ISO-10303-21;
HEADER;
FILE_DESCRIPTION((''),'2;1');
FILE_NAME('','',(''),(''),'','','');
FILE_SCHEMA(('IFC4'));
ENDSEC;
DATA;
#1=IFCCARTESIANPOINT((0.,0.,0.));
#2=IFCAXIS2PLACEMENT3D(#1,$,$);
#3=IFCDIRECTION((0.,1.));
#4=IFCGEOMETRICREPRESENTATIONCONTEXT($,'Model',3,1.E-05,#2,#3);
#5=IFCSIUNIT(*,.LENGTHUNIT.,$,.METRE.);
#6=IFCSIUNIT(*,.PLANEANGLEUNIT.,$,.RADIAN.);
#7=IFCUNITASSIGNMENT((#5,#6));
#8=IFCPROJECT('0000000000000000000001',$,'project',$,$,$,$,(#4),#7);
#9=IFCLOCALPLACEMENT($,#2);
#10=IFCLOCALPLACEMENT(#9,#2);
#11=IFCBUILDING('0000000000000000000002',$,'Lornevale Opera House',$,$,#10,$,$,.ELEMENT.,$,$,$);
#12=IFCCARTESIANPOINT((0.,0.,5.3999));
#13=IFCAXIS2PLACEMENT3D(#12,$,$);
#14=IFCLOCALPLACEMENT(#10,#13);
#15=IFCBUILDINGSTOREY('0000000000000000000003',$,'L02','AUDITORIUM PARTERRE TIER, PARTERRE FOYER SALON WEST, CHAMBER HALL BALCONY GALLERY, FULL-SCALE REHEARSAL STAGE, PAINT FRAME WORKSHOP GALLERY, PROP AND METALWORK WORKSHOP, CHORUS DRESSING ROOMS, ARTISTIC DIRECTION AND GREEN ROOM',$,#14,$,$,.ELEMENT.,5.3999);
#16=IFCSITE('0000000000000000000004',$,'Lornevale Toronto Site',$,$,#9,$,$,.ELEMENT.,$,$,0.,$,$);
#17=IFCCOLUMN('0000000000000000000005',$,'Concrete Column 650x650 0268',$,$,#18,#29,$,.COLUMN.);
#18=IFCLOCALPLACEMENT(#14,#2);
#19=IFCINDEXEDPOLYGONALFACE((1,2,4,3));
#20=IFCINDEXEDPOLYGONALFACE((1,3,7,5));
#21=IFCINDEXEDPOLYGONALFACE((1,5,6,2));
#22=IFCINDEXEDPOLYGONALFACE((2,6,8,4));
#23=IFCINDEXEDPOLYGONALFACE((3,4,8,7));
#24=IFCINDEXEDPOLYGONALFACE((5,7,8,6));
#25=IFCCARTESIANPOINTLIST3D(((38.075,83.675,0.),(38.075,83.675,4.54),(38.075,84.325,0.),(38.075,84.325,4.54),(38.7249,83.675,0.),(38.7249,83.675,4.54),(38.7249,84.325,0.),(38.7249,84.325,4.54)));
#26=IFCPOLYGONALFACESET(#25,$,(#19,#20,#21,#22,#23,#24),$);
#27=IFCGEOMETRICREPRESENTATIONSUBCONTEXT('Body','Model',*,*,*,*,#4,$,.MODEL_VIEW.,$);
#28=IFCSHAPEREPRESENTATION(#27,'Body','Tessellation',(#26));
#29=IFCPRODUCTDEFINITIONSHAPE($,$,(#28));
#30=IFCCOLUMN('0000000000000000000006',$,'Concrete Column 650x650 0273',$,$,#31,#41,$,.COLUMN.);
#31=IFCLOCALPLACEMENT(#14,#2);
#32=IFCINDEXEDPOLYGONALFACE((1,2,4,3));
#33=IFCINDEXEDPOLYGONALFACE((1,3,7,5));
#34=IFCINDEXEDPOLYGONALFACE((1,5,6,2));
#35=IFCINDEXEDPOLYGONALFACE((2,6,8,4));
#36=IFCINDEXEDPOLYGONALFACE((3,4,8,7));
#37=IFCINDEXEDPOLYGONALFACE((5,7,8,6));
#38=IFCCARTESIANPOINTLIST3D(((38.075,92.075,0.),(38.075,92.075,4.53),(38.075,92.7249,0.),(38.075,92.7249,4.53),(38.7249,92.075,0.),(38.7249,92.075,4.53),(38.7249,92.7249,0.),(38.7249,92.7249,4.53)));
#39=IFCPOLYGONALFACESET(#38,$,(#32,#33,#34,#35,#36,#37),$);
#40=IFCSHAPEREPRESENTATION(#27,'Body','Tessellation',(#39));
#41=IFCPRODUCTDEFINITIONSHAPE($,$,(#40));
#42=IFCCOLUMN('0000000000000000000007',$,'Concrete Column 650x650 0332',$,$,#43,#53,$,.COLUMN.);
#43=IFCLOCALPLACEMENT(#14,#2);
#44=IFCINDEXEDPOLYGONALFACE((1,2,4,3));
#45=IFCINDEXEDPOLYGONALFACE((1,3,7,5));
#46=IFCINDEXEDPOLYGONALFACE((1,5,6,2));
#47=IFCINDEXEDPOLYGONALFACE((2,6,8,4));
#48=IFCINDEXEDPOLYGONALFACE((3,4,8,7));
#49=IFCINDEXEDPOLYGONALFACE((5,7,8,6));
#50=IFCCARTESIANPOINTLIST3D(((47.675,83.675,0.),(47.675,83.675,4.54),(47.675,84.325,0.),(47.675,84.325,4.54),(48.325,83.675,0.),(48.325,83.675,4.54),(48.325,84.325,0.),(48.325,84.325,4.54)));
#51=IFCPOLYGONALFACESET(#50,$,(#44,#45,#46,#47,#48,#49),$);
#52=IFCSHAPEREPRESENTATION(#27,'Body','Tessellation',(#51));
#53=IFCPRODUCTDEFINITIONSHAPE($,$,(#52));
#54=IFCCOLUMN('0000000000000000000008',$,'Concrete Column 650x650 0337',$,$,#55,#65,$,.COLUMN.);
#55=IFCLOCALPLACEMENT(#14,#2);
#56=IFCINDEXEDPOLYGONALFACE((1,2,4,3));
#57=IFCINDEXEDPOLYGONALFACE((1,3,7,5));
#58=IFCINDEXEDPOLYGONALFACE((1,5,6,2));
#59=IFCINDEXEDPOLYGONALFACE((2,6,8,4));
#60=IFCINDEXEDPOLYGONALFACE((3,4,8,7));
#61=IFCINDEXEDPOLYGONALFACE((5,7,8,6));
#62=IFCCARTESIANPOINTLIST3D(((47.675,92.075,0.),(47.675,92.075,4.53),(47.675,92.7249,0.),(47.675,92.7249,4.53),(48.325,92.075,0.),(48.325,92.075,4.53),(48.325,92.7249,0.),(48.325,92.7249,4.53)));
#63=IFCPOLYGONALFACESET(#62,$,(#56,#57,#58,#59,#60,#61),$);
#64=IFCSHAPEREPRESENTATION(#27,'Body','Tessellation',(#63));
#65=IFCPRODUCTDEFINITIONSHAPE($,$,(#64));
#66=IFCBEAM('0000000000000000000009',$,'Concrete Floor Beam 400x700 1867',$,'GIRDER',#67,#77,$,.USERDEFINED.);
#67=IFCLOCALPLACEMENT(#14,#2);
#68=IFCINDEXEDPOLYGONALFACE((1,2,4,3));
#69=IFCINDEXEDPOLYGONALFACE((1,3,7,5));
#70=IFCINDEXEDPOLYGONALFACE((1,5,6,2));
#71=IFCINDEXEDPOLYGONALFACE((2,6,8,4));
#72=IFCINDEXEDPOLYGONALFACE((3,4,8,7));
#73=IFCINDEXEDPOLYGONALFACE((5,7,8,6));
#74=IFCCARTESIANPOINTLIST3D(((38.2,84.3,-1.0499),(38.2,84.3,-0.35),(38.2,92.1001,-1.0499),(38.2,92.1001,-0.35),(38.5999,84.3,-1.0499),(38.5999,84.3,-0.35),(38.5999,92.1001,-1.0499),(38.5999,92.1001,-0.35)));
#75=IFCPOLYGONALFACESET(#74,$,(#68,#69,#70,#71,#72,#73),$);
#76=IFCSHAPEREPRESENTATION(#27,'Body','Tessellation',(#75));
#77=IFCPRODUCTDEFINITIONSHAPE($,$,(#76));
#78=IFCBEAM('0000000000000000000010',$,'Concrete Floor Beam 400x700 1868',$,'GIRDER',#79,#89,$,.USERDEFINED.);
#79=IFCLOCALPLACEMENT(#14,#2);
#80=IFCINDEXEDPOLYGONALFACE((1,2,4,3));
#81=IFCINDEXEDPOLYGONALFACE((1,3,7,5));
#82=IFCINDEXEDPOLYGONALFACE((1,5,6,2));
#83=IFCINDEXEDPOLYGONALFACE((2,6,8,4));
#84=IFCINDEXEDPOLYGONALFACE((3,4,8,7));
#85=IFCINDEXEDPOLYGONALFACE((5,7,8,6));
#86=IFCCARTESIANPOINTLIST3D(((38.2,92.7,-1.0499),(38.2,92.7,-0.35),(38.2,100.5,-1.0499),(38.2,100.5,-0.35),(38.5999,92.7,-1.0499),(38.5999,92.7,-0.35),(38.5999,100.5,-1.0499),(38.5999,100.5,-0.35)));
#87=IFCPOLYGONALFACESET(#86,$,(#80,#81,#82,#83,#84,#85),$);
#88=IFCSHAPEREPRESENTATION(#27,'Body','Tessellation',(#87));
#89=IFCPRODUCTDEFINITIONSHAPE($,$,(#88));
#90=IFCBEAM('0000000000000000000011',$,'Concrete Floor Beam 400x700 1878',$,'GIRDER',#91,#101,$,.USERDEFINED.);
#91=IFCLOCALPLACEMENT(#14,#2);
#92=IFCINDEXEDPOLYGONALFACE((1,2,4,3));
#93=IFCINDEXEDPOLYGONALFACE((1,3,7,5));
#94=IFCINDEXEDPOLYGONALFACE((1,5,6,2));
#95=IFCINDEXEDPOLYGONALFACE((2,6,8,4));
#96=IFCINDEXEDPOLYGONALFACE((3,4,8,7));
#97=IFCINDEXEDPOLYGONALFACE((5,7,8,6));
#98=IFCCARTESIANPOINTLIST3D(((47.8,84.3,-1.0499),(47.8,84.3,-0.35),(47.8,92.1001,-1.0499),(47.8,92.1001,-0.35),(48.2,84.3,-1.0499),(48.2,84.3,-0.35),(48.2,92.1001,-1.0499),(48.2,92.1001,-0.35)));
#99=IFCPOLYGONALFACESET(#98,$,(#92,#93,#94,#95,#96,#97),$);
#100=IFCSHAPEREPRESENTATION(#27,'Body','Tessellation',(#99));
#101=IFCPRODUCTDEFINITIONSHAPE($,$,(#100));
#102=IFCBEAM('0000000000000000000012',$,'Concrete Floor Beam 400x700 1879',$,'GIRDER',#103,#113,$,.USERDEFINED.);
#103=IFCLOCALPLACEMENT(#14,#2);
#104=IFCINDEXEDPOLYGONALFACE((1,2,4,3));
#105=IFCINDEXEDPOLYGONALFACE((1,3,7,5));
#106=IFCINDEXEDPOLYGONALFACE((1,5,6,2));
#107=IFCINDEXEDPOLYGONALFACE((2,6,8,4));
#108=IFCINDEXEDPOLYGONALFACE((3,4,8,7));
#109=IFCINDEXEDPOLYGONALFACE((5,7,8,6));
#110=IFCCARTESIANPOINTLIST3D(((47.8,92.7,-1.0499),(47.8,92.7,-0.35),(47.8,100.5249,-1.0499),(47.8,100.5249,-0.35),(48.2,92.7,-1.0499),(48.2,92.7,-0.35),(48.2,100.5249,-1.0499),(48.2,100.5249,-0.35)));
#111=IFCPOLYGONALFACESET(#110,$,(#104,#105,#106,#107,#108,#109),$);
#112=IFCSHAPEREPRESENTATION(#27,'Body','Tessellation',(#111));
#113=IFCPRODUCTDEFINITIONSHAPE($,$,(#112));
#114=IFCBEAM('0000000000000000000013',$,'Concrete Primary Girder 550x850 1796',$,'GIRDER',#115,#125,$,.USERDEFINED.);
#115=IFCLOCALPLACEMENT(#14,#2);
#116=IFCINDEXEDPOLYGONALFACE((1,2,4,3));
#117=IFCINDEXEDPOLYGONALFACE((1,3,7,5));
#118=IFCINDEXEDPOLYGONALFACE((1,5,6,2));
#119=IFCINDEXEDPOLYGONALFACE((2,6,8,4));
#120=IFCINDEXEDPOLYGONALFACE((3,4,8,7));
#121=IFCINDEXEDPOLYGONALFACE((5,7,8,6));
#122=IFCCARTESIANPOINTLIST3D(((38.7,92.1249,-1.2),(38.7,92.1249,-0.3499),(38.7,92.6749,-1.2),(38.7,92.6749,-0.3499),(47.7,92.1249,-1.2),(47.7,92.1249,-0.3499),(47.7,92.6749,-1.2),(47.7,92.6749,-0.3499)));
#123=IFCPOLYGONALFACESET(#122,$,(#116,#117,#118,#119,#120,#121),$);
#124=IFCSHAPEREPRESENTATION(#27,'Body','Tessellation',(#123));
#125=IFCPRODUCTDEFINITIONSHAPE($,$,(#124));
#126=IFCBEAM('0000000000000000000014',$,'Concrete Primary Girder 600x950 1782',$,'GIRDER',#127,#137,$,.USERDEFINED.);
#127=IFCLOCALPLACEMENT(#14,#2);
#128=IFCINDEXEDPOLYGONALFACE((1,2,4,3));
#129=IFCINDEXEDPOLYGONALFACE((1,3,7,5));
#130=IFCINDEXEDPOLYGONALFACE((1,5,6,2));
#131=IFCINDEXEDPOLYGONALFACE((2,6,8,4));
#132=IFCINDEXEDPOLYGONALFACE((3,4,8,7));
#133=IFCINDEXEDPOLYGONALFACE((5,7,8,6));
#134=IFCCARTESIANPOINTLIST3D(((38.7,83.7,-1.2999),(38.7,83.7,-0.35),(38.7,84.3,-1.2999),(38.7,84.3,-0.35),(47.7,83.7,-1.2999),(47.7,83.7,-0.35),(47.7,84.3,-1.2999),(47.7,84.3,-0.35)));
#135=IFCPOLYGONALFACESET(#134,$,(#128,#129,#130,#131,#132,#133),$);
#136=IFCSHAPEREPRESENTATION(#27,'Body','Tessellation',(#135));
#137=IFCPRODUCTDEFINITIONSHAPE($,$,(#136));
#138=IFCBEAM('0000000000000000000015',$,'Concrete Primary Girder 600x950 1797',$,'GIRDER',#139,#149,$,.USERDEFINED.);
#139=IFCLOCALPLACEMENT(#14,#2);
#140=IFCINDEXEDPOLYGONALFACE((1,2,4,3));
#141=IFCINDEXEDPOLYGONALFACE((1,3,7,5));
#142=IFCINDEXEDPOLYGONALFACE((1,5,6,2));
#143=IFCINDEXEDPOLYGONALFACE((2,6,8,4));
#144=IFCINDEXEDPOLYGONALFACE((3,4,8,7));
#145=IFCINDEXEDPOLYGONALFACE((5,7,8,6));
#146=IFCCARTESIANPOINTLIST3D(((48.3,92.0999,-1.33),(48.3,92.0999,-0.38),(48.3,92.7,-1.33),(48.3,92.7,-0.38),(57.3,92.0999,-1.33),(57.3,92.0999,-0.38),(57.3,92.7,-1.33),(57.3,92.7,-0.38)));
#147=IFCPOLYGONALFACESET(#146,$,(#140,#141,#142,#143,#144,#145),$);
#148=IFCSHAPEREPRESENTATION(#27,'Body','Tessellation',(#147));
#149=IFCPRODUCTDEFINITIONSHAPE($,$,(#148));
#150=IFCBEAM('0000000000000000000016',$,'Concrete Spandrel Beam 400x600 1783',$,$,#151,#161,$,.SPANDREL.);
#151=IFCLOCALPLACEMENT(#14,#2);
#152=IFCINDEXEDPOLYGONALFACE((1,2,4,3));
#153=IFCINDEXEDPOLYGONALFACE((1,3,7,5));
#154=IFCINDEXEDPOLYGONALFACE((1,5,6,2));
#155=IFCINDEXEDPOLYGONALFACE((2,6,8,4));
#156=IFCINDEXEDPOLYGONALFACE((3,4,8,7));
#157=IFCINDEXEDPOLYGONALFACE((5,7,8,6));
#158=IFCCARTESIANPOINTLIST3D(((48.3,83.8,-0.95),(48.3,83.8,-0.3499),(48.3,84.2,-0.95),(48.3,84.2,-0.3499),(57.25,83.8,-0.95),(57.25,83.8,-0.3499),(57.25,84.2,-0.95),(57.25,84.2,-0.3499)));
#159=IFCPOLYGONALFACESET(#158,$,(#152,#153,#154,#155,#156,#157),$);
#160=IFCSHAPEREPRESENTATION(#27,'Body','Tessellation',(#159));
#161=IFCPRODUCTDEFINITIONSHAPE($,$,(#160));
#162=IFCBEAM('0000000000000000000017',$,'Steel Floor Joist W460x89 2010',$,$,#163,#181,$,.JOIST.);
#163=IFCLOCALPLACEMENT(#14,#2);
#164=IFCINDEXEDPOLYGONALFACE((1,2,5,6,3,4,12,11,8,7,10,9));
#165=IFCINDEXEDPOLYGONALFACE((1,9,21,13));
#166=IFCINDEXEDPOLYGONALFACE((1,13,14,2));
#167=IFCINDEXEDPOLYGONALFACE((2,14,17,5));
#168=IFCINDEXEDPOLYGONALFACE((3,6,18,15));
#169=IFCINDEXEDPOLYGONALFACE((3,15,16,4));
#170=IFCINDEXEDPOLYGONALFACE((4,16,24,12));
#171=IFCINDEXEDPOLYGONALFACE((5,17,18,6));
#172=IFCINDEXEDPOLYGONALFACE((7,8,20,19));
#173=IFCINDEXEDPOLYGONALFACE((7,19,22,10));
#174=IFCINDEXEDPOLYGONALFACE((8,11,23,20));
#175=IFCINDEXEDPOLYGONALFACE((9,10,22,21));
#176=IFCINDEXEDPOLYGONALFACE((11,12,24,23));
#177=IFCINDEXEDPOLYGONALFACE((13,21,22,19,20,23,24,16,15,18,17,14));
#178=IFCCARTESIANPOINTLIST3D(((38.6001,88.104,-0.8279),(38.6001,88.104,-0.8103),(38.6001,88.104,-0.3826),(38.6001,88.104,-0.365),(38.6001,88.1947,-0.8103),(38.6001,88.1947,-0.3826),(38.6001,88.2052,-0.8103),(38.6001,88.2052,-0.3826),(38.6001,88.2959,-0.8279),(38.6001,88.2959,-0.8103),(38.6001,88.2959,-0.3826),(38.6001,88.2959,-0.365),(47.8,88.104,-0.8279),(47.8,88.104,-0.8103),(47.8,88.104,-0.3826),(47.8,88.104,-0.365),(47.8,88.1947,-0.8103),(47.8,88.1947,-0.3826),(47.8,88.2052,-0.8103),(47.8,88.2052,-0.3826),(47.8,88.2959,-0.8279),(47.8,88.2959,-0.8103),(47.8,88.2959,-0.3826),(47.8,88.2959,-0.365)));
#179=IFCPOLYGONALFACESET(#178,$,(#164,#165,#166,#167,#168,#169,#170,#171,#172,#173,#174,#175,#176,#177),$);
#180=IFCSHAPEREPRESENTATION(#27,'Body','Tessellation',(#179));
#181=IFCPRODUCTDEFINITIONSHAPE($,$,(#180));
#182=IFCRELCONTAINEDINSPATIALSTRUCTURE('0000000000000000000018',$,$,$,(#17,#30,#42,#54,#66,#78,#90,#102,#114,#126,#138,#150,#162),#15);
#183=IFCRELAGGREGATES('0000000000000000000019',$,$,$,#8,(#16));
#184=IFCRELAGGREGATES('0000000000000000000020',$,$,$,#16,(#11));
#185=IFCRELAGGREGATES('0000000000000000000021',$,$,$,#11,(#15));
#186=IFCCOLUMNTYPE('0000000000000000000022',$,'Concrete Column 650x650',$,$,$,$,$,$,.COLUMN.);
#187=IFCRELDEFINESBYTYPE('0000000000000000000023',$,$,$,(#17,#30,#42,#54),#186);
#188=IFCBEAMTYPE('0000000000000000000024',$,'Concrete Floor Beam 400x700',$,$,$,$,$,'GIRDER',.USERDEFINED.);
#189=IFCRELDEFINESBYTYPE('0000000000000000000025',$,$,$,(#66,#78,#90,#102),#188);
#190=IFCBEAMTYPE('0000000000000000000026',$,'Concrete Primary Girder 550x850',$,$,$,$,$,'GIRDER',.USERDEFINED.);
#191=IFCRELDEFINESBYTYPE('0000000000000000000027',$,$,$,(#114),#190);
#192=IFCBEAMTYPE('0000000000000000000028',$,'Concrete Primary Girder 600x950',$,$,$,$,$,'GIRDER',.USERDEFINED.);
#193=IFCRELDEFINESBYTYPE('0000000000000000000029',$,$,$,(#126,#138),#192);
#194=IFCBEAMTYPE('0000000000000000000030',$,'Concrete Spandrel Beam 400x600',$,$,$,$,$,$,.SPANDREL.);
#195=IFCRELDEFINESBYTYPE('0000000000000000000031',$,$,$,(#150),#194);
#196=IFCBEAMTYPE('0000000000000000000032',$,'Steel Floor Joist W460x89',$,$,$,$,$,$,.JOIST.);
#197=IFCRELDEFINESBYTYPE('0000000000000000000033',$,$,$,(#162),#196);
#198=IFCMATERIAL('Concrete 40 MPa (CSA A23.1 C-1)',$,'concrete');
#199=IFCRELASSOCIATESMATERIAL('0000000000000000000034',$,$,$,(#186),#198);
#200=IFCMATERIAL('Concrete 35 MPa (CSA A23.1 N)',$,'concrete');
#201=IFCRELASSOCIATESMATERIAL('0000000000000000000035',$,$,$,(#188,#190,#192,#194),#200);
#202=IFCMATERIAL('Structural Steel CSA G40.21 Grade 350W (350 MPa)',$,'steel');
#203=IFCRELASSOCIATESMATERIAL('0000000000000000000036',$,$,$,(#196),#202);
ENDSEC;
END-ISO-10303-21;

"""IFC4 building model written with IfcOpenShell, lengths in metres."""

from ifc_helpers import new_model, si_unit, direction, frame, origin, origin_2d, place, context, subcontext, project, spatial, rectangle, i_section, extrude, material, material_profile, profile_set, type_object, element, save


model = new_model("IFC4")

# Units and contexts
model_context = context("Model", 3, precision=1e-05, world=origin(), true_north=direction((0.0, 1.0)))
body_context = subcontext(model_context, "Body", "Model", "MODEL_VIEW")
ifc_project = project(units=[si_unit("LENGTHUNIT", "METRE"), si_unit("PLANEANGLEUNIT", "RADIAN")], contexts=[model_context])

# Site, building, storey
site_placement = place(None, origin())
site = spatial("IfcSite", under=ifc_project, at=site_placement, Name="Lornevale Toronto Site", CompositionType="ELEMENT", RefElevation=0.0)
building_placement = place(site_placement, origin())
building = spatial("IfcBuilding", under=site, at=building_placement, Name="Lornevale Opera House", CompositionType="ELEMENT")
storey_placement = place(building_placement, frame((0.0, 0.0, 5.3999)))
storey = spatial("IfcBuildingStorey", under=building, at=storey_placement, Name="L02", Description="AUDITORIUM PARTERRE TIER, PARTERRE FOYER SALON WEST, CHAMBER HALL BALCONY GALLERY, FULL-SCALE REHEARSAL STAGE, PAINT FRAME WORKSHOP GALLERY, PROP AND METALWORK WORKSHOP, CHORUS DRESSING ROOMS, ARTISTIC DIRECTION AND GREEN ROOM", CompositionType="ELEMENT", Elevation=5.3999)

# Columns
ifc_material_1 = material(Name="Concrete 40 MPa (CSA A23.1 C-1)", Category="concrete")
ifc_material_profile_1 = material_profile(ifc_material_1, rectangle(XDim=0.6499, YDim=0.6499, at=origin_2d()), Name="RC650x650")
ifc_profile_set_1 = profile_set([ifc_material_profile_1], Name="Concrete 40 MPa (CSA A23.1 C-1)")
column_type = type_object("IfcColumnType", Name="Concrete Column 650x650", PredefinedType="COLUMN", material=ifc_profile_set_1)
column_1_placement = place(storey_placement, frame((38.3999, 84.0, 0.0), z_axis=(0.0, 0.0, 1.0), x_axis=(1.0, 0.0, 0.0)))
element("IfcColumn", 1, at=column_1_placement, inside=storey, type_object=column_type, Name="Concrete Column 650x650 0268", PredefinedType="COLUMN", context=body_context, shape_type="SweptSolid", body=[
    extrude(rectangle(XDim=0.6499, YDim=0.6499, at=origin_2d()), origin(), (0.0, 0.0, 1.0), 4.54),
])
column_2_placement = place(storey_placement, frame((38.3999, 92.3999, 0.0), z_axis=(0.0, 0.0, 1.0), x_axis=(1.0, 0.0, 0.0)))
element("IfcColumn", 2, at=column_2_placement, inside=storey, type_object=column_type, Name="Concrete Column 650x650 0273", PredefinedType="COLUMN", context=body_context, shape_type="SweptSolid", body=[
    extrude(rectangle(XDim=0.6499, YDim=0.6499, at=origin_2d()), origin(), (0.0, 0.0, 1.0), 4.53),
])
column_3_placement = place(storey_placement, frame((48.0, 84.0, 0.0), z_axis=(0.0, 0.0, 1.0), x_axis=(1.0, 0.0, 0.0)))
element("IfcColumn", 3, at=column_3_placement, inside=storey, type_object=column_type, Name="Concrete Column 650x650 0332", PredefinedType="COLUMN", context=body_context, shape_type="SweptSolid", body=[
    extrude(rectangle(XDim=0.6499, YDim=0.6499, at=origin_2d()), origin(), (0.0, 0.0, 1.0), 4.54),
])
column_4_placement = place(storey_placement, frame((48.0, 92.3999, 0.0), z_axis=(0.0, 0.0, 1.0), x_axis=(1.0, 0.0, 0.0)))
element("IfcColumn", 4, at=column_4_placement, inside=storey, type_object=column_type, Name="Concrete Column 650x650 0337", PredefinedType="COLUMN", context=body_context, shape_type="SweptSolid", body=[
    extrude(rectangle(XDim=0.6499, YDim=0.6499, at=origin_2d()), origin(), (0.0, 0.0, 1.0), 4.53),
])

# Beams
ifc_material_2 = material(Name="Concrete 35 MPa (CSA A23.1 N)", Category="concrete")
ifc_material_profile_2 = material_profile(ifc_material_2, rectangle(XDim=0.3999, YDim=0.7, at=origin_2d()), Name="RC400x700")
ifc_profile_set_2 = profile_set([ifc_material_profile_2], Name="Concrete 35 MPa (CSA A23.1 N)")
beam_type_1 = type_object("IfcBeamType", Name="Concrete Floor Beam 400x700", ElementType="GIRDER", PredefinedType="USERDEFINED", material=ifc_profile_set_2)
for number, where, z_axis, x_axis, name in (
    (5, (38.3999, 84.3, -0.7), (0.0, 1.0, 0.0), (-1.0, 0.0, 0.0), "Concrete Floor Beam 400x700 1867"),
    (6, (38.3999, 92.7, -0.7), (0.0, 1.0, 0.0), (-1.0, 0.0, 0.0), "Concrete Floor Beam 400x700 1868"),
    (7, (48.0, 84.3, -0.7), (0.0, 1.0, 0.0), (-1.0, 0.0, 0.0), "Concrete Floor Beam 400x700 1878"),
):
    element("IfcBeam", number, at=place(storey_placement, frame(where, z_axis=z_axis, x_axis=x_axis)), inside=storey, type_object=beam_type_1, Name=name, ObjectType="GIRDER", PredefinedType="USERDEFINED", context=body_context, shape_type="SweptSolid", body=[
        extrude(rectangle(XDim=0.3999, YDim=0.7, at=origin_2d()), origin(), (0.0, 0.0, 1.0), 7.8),
    ])
beam_1_placement = place(storey_placement, frame((48.0, 92.7, -0.7), z_axis=(0.0, 1.0, 0.0), x_axis=(-1.0, 0.0, 0.0)))
element("IfcBeam", 8, at=beam_1_placement, inside=storey, type_object=beam_type_1, Name="Concrete Floor Beam 400x700 1879", ObjectType="GIRDER", PredefinedType="USERDEFINED", context=body_context, shape_type="SweptSolid", body=[
    extrude(rectangle(XDim=0.3999, YDim=0.7, at=origin_2d()), origin(), (0.0, 0.0, 1.0), 7.825),
])
ifc_material_profile_3 = material_profile(ifc_material_2, rectangle(XDim=0.55, YDim=0.8501, at=origin_2d()), Name="RC550x850")
ifc_profile_set_3 = profile_set([ifc_material_profile_3], Name="Concrete 35 MPa (CSA A23.1 N)")
beam_type_2 = type_object("IfcBeamType", Name="Concrete Primary Girder 550x850", ElementType="GIRDER", PredefinedType="USERDEFINED", material=ifc_profile_set_3)
beam_2_placement = place(storey_placement, frame((38.7, 92.3999, -0.7749), z_axis=(1.0, 0.0, 0.0), x_axis=(0.0, 1.0, 0.0)))
element("IfcBeam", 9, at=beam_2_placement, inside=storey, type_object=beam_type_2, Name="Concrete Primary Girder 550x850 1796", ObjectType="GIRDER", PredefinedType="USERDEFINED", context=body_context, shape_type="SweptSolid", body=[
    extrude(rectangle(XDim=0.55, YDim=0.8501, at=origin_2d()), origin(), (0.0, 0.0, 1.0), 9.0),
])
ifc_material_profile_4 = material_profile(ifc_material_2, rectangle(XDim=0.6001, YDim=0.95, at=origin_2d()), Name="RC600x950")
ifc_profile_set_4 = profile_set([ifc_material_profile_4], Name="Concrete 35 MPa (CSA A23.1 N)")
beam_type_3 = type_object("IfcBeamType", Name="Concrete Primary Girder 600x950", ElementType="GIRDER", PredefinedType="USERDEFINED", material=ifc_profile_set_4)
for number, where, z_axis, x_axis, name in (
    (10, (38.7, 84.0, -0.825), (1.0, 0.0, 0.0), (0.0, 1.0, 0.0), "Concrete Primary Girder 600x950 1782"),
    (11, (48.3, 92.3999, -0.855), (1.0, 0.0, 0.0), (0.0, 1.0, 0.0), "Concrete Primary Girder 600x950 1797"),
):
    element("IfcBeam", number, at=place(storey_placement, frame(where, z_axis=z_axis, x_axis=x_axis)), inside=storey, type_object=beam_type_3, Name=name, ObjectType="GIRDER", PredefinedType="USERDEFINED", context=body_context, shape_type="SweptSolid", body=[
        extrude(rectangle(XDim=0.6001, YDim=0.95, at=origin_2d()), origin(), (0.0, 0.0, 1.0), 9.0),
    ])
ifc_material_profile_5 = material_profile(ifc_material_2, rectangle(XDim=0.3999, YDim=0.6001, at=origin_2d()), Name="RC400x600")
ifc_profile_set_5 = profile_set([ifc_material_profile_5], Name="Concrete 35 MPa (CSA A23.1 N)")
beam_type_4 = type_object("IfcBeamType", Name="Concrete Spandrel Beam 400x600", PredefinedType="SPANDREL", material=ifc_profile_set_5)
beam_3_placement = place(storey_placement, frame((48.3, 84.0, -0.6499), z_axis=(1.0, 0.0, 0.0), x_axis=(0.0, 1.0, 0.0)))
element("IfcBeam", 12, at=beam_3_placement, inside=storey, type_object=beam_type_4, Name="Concrete Spandrel Beam 400x600 1783", PredefinedType="SPANDREL", context=body_context, shape_type="SweptSolid", body=[
    extrude(rectangle(XDim=0.3999, YDim=0.6001, at=origin_2d()), origin(), (0.0, 0.0, 1.0), 8.95),
])
ifc_material_3 = material(Name="Structural Steel CSA G40.21 Grade 350W (350 MPa)", Category="steel")
ifc_material_profile_6 = material_profile(ifc_material_3, i_section(OverallWidth=0.1919, OverallDepth=0.4629, WebThickness=0.0105, FlangeThickness=0.0176, at=origin_2d()), Name="W460x89")
ifc_profile_set_6 = profile_set([ifc_material_profile_6], Name="Structural Steel CSA G40.21 Grade 350W (350 MPa)")
beam_type_5 = type_object("IfcBeamType", Name="Steel Floor Joist W460x89", PredefinedType="JOIST", material=ifc_profile_set_6)
for number, where, z_axis, x_axis, name in (
    (13, (38.6001, 88.2, -0.5964), (1.0, 0.0, 0.0), (0.0, 1.0, 0.0), "Steel Floor Joist W460x89 2010"),
):
    element("IfcBeam", number, at=place(storey_placement, frame(where, z_axis=z_axis, x_axis=x_axis)), inside=storey, type_object=beam_type_5, Name=name, PredefinedType="JOIST", context=body_context, shape_type="SweptSolid", body=[
        extrude(i_section(OverallWidth=0.1919, OverallDepth=0.4629, WebThickness=0.0105, FlangeThickness=0.0176, at=origin_2d()), origin(), (0.0, 0.0, 1.0), 9.2),
    ])

save(model, "model.ifc")
